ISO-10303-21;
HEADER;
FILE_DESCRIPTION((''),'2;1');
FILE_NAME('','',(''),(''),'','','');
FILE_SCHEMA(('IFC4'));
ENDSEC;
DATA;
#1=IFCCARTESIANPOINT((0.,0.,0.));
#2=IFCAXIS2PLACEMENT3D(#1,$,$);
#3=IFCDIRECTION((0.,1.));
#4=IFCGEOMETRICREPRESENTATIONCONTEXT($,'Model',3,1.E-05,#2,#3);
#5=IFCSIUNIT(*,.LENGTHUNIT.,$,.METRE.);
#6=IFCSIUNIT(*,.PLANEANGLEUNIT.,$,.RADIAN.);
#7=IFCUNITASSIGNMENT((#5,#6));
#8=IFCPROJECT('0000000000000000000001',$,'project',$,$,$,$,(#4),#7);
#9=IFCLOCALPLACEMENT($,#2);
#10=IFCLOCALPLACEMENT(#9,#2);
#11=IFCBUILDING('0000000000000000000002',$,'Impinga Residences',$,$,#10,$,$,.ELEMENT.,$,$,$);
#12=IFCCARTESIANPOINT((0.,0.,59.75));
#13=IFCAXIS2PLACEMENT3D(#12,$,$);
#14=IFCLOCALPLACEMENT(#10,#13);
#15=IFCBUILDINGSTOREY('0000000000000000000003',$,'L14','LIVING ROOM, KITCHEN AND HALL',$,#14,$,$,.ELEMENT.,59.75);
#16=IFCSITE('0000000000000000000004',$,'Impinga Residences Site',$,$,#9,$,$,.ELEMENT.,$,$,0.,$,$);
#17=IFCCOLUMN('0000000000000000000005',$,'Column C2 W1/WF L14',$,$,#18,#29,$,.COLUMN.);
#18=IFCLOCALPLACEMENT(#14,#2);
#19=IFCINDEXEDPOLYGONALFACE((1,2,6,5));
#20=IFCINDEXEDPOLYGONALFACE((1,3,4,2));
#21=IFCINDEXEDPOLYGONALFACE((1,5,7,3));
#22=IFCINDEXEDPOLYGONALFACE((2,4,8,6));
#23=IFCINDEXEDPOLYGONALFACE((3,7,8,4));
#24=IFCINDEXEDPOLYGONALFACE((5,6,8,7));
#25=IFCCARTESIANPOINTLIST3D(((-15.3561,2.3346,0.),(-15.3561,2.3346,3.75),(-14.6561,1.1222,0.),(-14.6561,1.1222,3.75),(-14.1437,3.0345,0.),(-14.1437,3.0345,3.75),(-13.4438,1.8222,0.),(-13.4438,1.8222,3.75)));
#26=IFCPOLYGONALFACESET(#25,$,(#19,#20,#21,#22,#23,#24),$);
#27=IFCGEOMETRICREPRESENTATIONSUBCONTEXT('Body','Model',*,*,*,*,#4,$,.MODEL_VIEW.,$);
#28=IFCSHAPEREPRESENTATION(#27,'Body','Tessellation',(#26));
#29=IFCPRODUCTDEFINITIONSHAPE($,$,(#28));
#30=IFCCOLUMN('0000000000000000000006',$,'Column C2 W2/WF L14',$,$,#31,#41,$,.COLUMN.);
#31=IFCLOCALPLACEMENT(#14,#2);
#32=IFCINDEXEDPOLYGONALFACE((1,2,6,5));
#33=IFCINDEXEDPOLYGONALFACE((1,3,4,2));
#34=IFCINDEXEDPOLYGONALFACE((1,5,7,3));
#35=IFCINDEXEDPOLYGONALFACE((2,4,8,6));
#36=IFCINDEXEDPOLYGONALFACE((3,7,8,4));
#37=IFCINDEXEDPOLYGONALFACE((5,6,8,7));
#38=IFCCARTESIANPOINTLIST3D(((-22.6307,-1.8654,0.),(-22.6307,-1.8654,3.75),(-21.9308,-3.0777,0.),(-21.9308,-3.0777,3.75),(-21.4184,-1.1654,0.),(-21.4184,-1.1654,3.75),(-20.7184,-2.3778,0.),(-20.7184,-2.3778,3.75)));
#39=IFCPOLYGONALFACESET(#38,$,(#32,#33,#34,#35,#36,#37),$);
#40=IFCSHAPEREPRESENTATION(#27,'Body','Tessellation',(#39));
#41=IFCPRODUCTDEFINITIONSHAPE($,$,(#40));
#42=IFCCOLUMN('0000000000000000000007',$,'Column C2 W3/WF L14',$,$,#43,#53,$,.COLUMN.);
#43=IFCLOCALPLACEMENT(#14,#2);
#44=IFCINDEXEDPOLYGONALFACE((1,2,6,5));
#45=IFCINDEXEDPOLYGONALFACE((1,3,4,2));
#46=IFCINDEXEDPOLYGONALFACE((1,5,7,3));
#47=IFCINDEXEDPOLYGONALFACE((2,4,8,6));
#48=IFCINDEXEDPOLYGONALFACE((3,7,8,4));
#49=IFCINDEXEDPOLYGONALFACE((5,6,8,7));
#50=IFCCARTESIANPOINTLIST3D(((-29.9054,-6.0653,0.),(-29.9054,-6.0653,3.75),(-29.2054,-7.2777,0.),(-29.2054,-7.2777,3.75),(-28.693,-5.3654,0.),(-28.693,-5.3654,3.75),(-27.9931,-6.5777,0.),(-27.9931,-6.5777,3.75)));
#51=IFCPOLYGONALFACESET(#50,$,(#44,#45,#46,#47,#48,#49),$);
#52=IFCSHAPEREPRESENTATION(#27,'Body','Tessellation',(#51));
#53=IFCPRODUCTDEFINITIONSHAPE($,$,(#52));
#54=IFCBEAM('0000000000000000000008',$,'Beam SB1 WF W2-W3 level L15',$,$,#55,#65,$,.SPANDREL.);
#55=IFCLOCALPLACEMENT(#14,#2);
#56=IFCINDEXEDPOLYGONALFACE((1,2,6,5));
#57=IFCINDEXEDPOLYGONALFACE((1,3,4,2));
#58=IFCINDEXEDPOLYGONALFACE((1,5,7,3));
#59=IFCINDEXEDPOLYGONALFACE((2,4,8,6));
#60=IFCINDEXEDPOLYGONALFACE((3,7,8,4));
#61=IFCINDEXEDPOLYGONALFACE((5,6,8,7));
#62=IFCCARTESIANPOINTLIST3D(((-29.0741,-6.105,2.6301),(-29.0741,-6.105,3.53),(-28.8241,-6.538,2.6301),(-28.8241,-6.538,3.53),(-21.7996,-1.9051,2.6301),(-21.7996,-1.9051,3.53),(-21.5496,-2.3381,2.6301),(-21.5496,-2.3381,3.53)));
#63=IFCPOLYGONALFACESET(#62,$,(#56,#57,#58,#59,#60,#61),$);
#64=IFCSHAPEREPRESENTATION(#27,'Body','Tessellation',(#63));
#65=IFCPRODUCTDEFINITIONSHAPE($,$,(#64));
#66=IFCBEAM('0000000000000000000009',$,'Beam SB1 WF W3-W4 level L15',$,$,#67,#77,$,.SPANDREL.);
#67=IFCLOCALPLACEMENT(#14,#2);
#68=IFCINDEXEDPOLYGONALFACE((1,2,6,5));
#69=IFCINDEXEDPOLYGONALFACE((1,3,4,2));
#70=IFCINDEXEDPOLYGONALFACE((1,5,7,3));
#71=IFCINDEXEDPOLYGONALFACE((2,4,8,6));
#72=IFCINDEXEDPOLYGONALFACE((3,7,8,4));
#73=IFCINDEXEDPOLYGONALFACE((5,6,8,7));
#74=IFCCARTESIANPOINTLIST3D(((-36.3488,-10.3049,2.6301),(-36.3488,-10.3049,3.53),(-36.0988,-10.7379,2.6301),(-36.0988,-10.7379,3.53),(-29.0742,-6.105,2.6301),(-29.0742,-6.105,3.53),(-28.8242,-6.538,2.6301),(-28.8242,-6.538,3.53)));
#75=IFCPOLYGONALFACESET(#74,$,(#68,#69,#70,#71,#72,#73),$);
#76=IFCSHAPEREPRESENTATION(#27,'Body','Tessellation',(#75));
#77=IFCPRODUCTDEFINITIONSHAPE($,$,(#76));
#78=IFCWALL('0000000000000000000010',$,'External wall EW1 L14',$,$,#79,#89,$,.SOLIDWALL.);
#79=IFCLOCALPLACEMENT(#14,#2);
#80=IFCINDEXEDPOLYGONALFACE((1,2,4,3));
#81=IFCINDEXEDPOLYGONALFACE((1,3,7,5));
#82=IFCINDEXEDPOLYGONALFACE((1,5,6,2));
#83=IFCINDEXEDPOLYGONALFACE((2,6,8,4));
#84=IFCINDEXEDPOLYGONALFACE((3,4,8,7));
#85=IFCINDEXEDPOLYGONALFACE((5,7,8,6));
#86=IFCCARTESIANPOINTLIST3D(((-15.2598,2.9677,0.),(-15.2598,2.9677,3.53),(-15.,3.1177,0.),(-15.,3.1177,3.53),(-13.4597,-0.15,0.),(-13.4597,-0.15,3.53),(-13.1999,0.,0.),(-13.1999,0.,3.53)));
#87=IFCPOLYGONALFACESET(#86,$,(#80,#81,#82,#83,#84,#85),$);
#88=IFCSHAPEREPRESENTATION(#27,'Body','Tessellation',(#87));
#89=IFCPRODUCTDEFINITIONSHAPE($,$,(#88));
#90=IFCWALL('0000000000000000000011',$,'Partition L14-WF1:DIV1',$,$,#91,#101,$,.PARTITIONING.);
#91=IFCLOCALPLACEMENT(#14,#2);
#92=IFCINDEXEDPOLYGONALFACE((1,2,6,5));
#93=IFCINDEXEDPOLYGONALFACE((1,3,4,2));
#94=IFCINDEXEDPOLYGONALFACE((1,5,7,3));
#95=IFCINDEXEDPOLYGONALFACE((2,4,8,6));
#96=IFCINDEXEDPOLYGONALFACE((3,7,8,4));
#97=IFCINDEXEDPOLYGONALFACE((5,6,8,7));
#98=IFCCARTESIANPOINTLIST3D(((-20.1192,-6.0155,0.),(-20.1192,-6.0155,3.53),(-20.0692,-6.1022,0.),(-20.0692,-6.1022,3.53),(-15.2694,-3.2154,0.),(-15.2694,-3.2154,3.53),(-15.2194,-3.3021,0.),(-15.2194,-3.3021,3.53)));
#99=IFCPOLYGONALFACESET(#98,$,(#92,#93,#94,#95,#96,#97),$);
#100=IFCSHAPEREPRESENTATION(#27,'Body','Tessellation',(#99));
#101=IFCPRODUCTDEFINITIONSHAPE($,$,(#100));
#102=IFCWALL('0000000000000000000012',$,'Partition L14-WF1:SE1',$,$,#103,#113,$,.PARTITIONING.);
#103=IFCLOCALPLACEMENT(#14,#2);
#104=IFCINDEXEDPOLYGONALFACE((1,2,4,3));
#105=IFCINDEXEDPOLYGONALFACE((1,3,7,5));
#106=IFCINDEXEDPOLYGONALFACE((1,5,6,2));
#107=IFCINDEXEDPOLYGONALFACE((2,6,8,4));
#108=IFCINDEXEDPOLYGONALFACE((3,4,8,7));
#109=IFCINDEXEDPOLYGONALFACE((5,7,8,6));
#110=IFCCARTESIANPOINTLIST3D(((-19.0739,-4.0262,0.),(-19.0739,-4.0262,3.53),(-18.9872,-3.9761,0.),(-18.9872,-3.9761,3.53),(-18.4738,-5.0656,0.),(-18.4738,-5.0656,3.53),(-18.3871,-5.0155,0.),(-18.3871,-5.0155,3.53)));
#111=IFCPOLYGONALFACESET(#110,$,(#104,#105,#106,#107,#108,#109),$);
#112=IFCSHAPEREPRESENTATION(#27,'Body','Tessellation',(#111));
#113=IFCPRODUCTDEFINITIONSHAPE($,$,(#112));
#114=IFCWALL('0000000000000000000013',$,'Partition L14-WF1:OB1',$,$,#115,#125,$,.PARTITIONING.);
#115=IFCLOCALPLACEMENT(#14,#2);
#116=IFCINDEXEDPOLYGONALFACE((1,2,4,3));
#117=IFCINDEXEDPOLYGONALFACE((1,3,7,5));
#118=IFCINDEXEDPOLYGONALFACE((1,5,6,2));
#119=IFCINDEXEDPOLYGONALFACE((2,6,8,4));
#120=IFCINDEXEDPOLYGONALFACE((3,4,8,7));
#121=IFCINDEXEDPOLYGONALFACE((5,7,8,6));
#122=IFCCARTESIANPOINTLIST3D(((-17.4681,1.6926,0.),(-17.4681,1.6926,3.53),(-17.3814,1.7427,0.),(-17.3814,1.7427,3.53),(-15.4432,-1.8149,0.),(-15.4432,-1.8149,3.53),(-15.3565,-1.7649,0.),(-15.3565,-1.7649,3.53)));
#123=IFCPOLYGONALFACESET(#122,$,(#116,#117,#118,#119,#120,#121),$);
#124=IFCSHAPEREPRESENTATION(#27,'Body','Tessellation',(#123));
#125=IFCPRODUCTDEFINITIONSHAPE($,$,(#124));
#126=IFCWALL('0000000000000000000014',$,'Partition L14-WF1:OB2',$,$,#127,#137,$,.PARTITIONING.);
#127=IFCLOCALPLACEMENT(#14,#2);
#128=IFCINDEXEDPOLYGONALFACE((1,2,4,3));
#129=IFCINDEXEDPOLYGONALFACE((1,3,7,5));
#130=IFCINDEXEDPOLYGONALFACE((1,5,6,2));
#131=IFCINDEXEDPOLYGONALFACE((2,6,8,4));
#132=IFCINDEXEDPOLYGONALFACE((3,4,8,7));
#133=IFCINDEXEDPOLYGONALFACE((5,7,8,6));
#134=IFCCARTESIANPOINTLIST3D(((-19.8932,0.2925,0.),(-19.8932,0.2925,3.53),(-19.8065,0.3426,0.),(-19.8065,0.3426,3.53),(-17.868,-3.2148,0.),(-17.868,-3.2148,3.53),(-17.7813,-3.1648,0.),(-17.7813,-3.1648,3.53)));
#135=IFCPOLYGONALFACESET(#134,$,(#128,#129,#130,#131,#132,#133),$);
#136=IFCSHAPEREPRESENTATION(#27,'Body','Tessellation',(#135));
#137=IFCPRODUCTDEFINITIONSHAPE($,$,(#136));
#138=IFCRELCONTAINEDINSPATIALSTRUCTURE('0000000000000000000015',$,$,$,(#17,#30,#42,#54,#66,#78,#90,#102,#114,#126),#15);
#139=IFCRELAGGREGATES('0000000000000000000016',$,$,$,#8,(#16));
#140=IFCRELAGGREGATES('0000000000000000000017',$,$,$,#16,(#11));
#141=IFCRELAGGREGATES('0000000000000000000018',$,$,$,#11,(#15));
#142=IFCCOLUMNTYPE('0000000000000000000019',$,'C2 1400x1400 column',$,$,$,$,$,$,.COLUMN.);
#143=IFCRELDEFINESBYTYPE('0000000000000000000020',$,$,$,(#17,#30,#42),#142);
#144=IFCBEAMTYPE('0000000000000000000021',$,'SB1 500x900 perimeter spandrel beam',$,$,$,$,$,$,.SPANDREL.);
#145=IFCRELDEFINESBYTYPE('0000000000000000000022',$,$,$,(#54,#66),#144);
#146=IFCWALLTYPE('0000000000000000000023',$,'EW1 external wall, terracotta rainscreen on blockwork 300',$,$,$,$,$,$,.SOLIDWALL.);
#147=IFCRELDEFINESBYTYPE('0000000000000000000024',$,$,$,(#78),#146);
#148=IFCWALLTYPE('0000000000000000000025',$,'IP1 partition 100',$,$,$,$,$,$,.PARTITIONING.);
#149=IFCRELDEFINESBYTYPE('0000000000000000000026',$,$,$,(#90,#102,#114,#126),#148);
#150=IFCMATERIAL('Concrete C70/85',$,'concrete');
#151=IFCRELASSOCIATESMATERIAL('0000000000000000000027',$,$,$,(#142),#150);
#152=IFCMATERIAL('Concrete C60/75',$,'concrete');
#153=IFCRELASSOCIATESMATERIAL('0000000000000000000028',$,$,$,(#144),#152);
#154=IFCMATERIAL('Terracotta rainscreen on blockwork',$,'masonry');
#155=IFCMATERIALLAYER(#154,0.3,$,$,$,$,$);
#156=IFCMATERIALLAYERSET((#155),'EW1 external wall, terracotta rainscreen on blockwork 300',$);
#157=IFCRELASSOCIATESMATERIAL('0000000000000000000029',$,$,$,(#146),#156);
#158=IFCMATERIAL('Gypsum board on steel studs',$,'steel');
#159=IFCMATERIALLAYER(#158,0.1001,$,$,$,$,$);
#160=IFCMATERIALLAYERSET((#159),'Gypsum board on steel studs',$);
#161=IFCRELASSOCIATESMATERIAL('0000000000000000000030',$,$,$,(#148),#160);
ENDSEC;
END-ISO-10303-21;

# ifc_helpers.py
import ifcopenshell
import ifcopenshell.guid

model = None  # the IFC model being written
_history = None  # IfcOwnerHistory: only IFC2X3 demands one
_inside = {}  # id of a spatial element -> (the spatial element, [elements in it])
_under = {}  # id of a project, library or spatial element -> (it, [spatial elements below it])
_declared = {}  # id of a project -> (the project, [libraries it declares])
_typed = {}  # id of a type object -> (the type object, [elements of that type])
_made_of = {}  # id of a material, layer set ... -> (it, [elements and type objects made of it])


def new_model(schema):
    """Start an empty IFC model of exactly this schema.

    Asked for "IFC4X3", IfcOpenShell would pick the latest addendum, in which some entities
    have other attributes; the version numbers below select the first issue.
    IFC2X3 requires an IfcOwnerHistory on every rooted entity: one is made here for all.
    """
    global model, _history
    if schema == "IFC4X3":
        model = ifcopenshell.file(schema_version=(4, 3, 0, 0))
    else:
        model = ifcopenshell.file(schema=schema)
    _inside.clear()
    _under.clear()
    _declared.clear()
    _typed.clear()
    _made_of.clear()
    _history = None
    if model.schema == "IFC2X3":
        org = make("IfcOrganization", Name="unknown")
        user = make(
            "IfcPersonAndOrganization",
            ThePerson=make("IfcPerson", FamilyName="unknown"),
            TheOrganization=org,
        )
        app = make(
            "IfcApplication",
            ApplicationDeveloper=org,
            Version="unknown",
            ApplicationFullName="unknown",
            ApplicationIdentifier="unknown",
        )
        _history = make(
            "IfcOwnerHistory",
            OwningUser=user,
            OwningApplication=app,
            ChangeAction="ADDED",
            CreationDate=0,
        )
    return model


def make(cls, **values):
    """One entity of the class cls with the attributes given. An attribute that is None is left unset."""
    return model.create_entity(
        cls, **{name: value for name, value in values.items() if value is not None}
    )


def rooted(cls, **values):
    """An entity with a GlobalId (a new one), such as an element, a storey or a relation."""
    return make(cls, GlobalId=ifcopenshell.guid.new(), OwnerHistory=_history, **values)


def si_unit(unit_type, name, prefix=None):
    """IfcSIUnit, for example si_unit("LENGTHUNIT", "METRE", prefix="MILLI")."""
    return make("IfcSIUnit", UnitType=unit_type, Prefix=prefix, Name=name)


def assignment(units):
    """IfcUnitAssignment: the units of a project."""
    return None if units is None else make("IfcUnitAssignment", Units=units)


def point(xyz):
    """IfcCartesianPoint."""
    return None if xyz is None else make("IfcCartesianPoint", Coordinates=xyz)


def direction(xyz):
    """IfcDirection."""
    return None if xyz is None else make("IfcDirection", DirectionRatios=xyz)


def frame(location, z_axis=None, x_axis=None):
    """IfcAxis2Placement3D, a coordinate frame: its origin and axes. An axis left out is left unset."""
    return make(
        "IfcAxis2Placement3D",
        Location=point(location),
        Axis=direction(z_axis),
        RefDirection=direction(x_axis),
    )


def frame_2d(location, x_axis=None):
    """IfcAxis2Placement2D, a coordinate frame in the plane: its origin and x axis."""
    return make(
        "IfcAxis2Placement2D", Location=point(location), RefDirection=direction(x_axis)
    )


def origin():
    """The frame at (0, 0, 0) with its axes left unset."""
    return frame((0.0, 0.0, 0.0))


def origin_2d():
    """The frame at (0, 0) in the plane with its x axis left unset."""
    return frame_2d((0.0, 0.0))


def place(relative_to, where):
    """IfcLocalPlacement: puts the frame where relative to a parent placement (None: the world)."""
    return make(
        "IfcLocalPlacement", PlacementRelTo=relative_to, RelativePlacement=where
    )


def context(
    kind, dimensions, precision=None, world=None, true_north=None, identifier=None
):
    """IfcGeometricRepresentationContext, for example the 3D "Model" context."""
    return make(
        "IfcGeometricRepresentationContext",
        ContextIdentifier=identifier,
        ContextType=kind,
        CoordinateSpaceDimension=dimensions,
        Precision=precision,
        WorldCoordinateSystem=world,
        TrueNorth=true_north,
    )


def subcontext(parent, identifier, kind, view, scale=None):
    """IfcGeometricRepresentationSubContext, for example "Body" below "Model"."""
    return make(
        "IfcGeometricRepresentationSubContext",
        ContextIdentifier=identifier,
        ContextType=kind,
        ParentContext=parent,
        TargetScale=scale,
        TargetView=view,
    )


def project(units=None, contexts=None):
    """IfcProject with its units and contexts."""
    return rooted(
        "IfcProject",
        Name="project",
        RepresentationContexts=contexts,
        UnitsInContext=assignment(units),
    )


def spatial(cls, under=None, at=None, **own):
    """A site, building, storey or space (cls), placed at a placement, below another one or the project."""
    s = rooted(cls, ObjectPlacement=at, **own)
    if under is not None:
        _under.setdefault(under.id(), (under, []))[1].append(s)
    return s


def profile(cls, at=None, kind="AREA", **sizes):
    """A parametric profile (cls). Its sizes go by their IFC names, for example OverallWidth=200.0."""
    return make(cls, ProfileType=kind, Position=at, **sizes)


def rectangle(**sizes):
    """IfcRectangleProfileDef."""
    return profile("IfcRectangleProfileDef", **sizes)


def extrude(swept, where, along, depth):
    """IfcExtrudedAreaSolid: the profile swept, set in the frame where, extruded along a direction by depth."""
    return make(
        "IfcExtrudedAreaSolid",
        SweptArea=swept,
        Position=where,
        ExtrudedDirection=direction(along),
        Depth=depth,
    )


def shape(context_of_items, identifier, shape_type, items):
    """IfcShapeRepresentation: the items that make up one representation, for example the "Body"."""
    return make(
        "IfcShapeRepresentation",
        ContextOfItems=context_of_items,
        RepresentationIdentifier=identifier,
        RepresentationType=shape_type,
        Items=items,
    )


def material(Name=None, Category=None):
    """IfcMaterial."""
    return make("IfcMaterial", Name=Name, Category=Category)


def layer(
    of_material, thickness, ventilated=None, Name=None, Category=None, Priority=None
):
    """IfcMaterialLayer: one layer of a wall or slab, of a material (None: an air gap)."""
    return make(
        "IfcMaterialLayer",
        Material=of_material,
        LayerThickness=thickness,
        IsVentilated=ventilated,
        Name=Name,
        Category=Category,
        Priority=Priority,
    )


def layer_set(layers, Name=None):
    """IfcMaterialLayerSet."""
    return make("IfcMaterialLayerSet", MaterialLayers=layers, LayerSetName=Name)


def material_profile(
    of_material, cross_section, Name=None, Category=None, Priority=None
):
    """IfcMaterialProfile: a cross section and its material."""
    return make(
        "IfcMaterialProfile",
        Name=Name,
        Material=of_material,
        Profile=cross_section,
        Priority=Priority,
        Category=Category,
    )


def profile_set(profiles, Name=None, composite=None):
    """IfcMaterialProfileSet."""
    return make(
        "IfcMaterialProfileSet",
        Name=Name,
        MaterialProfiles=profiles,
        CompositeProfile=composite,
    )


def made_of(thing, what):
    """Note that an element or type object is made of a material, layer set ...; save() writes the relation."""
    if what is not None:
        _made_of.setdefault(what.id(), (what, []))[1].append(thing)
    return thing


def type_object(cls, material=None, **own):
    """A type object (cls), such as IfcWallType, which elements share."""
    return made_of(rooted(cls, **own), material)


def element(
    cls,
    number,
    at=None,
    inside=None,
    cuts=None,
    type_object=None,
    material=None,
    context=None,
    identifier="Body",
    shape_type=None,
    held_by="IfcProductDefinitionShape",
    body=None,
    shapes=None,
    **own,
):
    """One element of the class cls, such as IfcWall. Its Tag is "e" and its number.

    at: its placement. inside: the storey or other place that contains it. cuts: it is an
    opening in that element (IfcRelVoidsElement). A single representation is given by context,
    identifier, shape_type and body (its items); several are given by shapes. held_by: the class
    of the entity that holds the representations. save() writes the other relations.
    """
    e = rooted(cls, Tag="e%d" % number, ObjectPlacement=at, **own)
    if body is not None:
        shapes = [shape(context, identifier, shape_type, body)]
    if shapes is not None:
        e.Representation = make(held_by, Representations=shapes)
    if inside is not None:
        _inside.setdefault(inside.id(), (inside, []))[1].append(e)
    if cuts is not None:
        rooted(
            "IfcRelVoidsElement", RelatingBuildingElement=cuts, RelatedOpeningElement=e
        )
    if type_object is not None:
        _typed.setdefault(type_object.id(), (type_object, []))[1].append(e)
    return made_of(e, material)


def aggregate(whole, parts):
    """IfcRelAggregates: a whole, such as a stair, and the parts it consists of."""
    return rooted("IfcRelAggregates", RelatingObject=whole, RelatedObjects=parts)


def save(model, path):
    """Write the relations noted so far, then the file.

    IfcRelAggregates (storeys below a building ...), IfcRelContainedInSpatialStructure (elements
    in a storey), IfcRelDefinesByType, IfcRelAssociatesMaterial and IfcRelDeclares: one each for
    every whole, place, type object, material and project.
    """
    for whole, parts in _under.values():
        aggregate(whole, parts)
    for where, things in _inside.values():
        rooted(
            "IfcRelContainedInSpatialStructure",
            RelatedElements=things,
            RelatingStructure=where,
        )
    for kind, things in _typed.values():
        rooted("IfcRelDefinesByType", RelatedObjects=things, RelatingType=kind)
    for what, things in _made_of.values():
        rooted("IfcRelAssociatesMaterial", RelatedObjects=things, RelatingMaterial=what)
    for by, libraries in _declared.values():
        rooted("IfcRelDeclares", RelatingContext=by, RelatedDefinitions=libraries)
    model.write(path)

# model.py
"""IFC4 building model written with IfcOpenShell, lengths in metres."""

from ifc_helpers import new_model, si_unit, direction, frame, frame_2d, origin, origin_2d, place, context, subcontext, project, spatial, rectangle, extrude, material, layer, layer_set, material_profile, profile_set, type_object, element, save


model = new_model("IFC4")

# Units and contexts
model_context = context("Model", 3, precision=1e-05, world=origin(), true_north=direction((0.0, 1.0)))
body_context = subcontext(model_context, "Body", "Model", "MODEL_VIEW")
ifc_project = project(units=[si_unit("LENGTHUNIT", "METRE"), si_unit("PLANEANGLEUNIT", "RADIAN")], contexts=[model_context])

# Site, building, storey
site_placement = place(None, origin())
site = spatial("IfcSite", under=ifc_project, at=site_placement, Name="Impinga Residences Site", CompositionType="ELEMENT", RefElevation=0.0)
building_placement = place(site_placement, origin())
building = spatial("IfcBuilding", under=site, at=building_placement, Name="Impinga Residences", CompositionType="ELEMENT")
storey_placement = place(building_placement, frame((0.0, 0.0, 59.75)))
storey = spatial("IfcBuildingStorey", under=building, at=storey_placement, Name="L14", Description="LIVING ROOM, KITCHEN AND HALL", CompositionType="ELEMENT", Elevation=59.75)

# Columns
ifc_material_1 = material(Name="Concrete C70/85", Category="concrete")
ifc_material_profile_1 = material_profile(ifc_material_1, rectangle(XDim=1.3999, YDim=1.3999, at=origin_2d()), Name="RC 1400x1400")
ifc_profile_set_1 = profile_set([ifc_material_profile_1], Name="Concrete C70/85")
column_type = type_object("IfcColumnType", Name="C2 1400x1400 column", PredefinedType="COLUMN", material=ifc_profile_set_1)
for number, where, z_axis, x_axis, name in (
    (1, (-14.3999, 2.0784, 0.0), (0.0, 0.0, 1.0), (-0.5, 0.866025, 0.0), "Column C2 W1/WF L14"),
    (2, (-21.6746, -2.1216, 0.0), (0.0, 0.0, 1.0), (-0.5, 0.866025, 0.0), "Column C2 W2/WF L14"),
    (3, (-28.9492, -6.3215, 0.0), (0.0, 0.0, 1.0), (-0.5, 0.866025, 0.0), "Column C2 W3/WF L14"),
):
    element("IfcColumn", number, at=place(storey_placement, frame(where, z_axis=z_axis, x_axis=x_axis)), inside=storey, type_object=column_type, Name=name, PredefinedType="COLUMN", context=body_context, shape_type="SweptSolid", body=[
        extrude(rectangle(XDim=1.3999, YDim=1.3999, at=origin_2d()), origin(), (0.0, 0.0, 1.0), 3.75),
    ])

# Beams
ifc_material_2 = material(Name="Concrete C60/75", Category="concrete")
ifc_material_profile_2 = material_profile(ifc_material_2, rectangle(XDim=0.5, YDim=0.8999, at=origin_2d()), Name="RC 500x900")
ifc_profile_set_2 = profile_set([ifc_material_profile_2], Name="Concrete C60/75")
beam_type = type_object("IfcBeamType", Name="SB1 500x900 perimeter spandrel beam", PredefinedType="SPANDREL", material=ifc_profile_set_2)
for number, where, z_axis, x_axis, name in (
    (4, (-21.6746, -2.1216, 3.0801), (-0.866029, -0.499993, 0.0), (0.499993, -0.866029, 0.0), "Beam SB1 WF W2-W3 level L15"),
    (5, (-28.9492, -6.3215, 3.0801), (-0.866029, -0.499993, 0.0), (0.499993, -0.866029, 0.0), "Beam SB1 WF W3-W4 level L15"),
):
    element("IfcBeam", number, at=place(storey_placement, frame(where, z_axis=z_axis, x_axis=x_axis)), inside=storey, type_object=beam_type, Name=name, PredefinedType="SPANDREL", context=body_context, shape_type="SweptSolid", body=[
        extrude(rectangle(XDim=0.5, YDim=0.8999, at=origin_2d()), origin(), (0.0, 0.0, 1.0), 8.3999),
    ])

# Walls
ifc_material_3 = material(Name="Terracotta rainscreen on blockwork", Category="masonry")
ifc_layer_1 = layer(ifc_material_3, 0.3)
ifc_layer_set_1 = layer_set([ifc_layer_1], Name="EW1 external wall, terracotta rainscreen on blockwork 300")
wall_type_1 = type_object("IfcWallType", Name="EW1 external wall, terracotta rainscreen on blockwork 300", PredefinedType="SOLIDWALL", material=ifc_layer_set_1)
wall_1_placement = place(storey_placement, frame((-15.1299, 3.0427, 0.0), z_axis=(0.0, 0.0, 1.0), x_axis=(0.500012, -0.866018, 0.0)))
element("IfcWall", 6, at=wall_1_placement, inside=storey, type_object=wall_type_1, Name="External wall EW1 L14", PredefinedType="SOLIDWALL", context=body_context, shape_type="SweptSolid", body=[
    extrude(rectangle(XDim=3.6001, YDim=0.3, at=frame_2d((1.8, 0.0))), origin(), (0.0, 0.0, 1.0), 3.53),
])
ifc_material_4 = material(Name="Gypsum board on steel studs", Category="steel")
ifc_layer_2 = layer(ifc_material_4, 0.1001)
ifc_layer_set_2 = layer_set([ifc_layer_2], Name="Gypsum board on steel studs")
wall_type_2 = type_object("IfcWallType", Name="IP1 partition 100", PredefinedType="PARTITIONING", material=ifc_layer_set_2)
wall_2_placement = place(storey_placement, frame((-15.2444, -3.2588, 0.0), z_axis=(0.0, 0.0, 1.0), x_axis=(-0.866027, -0.499998, 0.0)))
element("IfcWall", 7, at=wall_2_placement, inside=storey, type_object=wall_type_2, Name="Partition L14-WF1:DIV1", PredefinedType="PARTITIONING", context=body_context, shape_type="SweptSolid", body=[
    extrude(rectangle(XDim=5.6001, YDim=0.1001, at=frame_2d((2.8, 0.0))), origin(), (0.0, 0.0, 1.0), 3.53),
])
wall_3_placement = place(storey_placement, frame((-18.4304, -5.0405, 0.0), z_axis=(0.0, 0.0, 1.0), x_axis=(-0.500034, 0.866006, 0.0)))
element("IfcWall", 8, at=wall_3_placement, inside=storey, type_object=wall_type_2, Name="Partition L14-WF1:SE1", PredefinedType="PARTITIONING", context=body_context, shape_type="SweptSolid", body=[
    extrude(rectangle(XDim=1.2002, YDim=0.1001, at=frame_2d((0.6001, 0.0))), origin(), (0.0, 0.0, 1.0), 3.53),
])
for number, where, z_axis, x_axis, name in (
    (9, (-15.3999, -1.7898, 0.0), (0.0, 0.0, 1.0), (-0.499964, 0.866046, 0.0), "Partition L14-WF1:OB1"),
    (10, (-17.8247, -3.1897, 0.0), (0.0, 0.0, 1.0), (-0.500036, 0.866005, 0.0), "Partition L14-WF1:OB2"),
):
    element("IfcWall", number, at=place(storey_placement, frame(where, z_axis=z_axis, x_axis=x_axis)), inside=storey, type_object=wall_type_2, Name=name, PredefinedType="PARTITIONING", context=body_context, shape_type="SweptSolid", body=[
        extrude(rectangle(XDim=4.05, YDim=0.1001, at=frame_2d((2.0249, 0.0))), origin(), (0.0, 0.0, 1.0), 3.53),
    ])

save(model, "model.ifc")
